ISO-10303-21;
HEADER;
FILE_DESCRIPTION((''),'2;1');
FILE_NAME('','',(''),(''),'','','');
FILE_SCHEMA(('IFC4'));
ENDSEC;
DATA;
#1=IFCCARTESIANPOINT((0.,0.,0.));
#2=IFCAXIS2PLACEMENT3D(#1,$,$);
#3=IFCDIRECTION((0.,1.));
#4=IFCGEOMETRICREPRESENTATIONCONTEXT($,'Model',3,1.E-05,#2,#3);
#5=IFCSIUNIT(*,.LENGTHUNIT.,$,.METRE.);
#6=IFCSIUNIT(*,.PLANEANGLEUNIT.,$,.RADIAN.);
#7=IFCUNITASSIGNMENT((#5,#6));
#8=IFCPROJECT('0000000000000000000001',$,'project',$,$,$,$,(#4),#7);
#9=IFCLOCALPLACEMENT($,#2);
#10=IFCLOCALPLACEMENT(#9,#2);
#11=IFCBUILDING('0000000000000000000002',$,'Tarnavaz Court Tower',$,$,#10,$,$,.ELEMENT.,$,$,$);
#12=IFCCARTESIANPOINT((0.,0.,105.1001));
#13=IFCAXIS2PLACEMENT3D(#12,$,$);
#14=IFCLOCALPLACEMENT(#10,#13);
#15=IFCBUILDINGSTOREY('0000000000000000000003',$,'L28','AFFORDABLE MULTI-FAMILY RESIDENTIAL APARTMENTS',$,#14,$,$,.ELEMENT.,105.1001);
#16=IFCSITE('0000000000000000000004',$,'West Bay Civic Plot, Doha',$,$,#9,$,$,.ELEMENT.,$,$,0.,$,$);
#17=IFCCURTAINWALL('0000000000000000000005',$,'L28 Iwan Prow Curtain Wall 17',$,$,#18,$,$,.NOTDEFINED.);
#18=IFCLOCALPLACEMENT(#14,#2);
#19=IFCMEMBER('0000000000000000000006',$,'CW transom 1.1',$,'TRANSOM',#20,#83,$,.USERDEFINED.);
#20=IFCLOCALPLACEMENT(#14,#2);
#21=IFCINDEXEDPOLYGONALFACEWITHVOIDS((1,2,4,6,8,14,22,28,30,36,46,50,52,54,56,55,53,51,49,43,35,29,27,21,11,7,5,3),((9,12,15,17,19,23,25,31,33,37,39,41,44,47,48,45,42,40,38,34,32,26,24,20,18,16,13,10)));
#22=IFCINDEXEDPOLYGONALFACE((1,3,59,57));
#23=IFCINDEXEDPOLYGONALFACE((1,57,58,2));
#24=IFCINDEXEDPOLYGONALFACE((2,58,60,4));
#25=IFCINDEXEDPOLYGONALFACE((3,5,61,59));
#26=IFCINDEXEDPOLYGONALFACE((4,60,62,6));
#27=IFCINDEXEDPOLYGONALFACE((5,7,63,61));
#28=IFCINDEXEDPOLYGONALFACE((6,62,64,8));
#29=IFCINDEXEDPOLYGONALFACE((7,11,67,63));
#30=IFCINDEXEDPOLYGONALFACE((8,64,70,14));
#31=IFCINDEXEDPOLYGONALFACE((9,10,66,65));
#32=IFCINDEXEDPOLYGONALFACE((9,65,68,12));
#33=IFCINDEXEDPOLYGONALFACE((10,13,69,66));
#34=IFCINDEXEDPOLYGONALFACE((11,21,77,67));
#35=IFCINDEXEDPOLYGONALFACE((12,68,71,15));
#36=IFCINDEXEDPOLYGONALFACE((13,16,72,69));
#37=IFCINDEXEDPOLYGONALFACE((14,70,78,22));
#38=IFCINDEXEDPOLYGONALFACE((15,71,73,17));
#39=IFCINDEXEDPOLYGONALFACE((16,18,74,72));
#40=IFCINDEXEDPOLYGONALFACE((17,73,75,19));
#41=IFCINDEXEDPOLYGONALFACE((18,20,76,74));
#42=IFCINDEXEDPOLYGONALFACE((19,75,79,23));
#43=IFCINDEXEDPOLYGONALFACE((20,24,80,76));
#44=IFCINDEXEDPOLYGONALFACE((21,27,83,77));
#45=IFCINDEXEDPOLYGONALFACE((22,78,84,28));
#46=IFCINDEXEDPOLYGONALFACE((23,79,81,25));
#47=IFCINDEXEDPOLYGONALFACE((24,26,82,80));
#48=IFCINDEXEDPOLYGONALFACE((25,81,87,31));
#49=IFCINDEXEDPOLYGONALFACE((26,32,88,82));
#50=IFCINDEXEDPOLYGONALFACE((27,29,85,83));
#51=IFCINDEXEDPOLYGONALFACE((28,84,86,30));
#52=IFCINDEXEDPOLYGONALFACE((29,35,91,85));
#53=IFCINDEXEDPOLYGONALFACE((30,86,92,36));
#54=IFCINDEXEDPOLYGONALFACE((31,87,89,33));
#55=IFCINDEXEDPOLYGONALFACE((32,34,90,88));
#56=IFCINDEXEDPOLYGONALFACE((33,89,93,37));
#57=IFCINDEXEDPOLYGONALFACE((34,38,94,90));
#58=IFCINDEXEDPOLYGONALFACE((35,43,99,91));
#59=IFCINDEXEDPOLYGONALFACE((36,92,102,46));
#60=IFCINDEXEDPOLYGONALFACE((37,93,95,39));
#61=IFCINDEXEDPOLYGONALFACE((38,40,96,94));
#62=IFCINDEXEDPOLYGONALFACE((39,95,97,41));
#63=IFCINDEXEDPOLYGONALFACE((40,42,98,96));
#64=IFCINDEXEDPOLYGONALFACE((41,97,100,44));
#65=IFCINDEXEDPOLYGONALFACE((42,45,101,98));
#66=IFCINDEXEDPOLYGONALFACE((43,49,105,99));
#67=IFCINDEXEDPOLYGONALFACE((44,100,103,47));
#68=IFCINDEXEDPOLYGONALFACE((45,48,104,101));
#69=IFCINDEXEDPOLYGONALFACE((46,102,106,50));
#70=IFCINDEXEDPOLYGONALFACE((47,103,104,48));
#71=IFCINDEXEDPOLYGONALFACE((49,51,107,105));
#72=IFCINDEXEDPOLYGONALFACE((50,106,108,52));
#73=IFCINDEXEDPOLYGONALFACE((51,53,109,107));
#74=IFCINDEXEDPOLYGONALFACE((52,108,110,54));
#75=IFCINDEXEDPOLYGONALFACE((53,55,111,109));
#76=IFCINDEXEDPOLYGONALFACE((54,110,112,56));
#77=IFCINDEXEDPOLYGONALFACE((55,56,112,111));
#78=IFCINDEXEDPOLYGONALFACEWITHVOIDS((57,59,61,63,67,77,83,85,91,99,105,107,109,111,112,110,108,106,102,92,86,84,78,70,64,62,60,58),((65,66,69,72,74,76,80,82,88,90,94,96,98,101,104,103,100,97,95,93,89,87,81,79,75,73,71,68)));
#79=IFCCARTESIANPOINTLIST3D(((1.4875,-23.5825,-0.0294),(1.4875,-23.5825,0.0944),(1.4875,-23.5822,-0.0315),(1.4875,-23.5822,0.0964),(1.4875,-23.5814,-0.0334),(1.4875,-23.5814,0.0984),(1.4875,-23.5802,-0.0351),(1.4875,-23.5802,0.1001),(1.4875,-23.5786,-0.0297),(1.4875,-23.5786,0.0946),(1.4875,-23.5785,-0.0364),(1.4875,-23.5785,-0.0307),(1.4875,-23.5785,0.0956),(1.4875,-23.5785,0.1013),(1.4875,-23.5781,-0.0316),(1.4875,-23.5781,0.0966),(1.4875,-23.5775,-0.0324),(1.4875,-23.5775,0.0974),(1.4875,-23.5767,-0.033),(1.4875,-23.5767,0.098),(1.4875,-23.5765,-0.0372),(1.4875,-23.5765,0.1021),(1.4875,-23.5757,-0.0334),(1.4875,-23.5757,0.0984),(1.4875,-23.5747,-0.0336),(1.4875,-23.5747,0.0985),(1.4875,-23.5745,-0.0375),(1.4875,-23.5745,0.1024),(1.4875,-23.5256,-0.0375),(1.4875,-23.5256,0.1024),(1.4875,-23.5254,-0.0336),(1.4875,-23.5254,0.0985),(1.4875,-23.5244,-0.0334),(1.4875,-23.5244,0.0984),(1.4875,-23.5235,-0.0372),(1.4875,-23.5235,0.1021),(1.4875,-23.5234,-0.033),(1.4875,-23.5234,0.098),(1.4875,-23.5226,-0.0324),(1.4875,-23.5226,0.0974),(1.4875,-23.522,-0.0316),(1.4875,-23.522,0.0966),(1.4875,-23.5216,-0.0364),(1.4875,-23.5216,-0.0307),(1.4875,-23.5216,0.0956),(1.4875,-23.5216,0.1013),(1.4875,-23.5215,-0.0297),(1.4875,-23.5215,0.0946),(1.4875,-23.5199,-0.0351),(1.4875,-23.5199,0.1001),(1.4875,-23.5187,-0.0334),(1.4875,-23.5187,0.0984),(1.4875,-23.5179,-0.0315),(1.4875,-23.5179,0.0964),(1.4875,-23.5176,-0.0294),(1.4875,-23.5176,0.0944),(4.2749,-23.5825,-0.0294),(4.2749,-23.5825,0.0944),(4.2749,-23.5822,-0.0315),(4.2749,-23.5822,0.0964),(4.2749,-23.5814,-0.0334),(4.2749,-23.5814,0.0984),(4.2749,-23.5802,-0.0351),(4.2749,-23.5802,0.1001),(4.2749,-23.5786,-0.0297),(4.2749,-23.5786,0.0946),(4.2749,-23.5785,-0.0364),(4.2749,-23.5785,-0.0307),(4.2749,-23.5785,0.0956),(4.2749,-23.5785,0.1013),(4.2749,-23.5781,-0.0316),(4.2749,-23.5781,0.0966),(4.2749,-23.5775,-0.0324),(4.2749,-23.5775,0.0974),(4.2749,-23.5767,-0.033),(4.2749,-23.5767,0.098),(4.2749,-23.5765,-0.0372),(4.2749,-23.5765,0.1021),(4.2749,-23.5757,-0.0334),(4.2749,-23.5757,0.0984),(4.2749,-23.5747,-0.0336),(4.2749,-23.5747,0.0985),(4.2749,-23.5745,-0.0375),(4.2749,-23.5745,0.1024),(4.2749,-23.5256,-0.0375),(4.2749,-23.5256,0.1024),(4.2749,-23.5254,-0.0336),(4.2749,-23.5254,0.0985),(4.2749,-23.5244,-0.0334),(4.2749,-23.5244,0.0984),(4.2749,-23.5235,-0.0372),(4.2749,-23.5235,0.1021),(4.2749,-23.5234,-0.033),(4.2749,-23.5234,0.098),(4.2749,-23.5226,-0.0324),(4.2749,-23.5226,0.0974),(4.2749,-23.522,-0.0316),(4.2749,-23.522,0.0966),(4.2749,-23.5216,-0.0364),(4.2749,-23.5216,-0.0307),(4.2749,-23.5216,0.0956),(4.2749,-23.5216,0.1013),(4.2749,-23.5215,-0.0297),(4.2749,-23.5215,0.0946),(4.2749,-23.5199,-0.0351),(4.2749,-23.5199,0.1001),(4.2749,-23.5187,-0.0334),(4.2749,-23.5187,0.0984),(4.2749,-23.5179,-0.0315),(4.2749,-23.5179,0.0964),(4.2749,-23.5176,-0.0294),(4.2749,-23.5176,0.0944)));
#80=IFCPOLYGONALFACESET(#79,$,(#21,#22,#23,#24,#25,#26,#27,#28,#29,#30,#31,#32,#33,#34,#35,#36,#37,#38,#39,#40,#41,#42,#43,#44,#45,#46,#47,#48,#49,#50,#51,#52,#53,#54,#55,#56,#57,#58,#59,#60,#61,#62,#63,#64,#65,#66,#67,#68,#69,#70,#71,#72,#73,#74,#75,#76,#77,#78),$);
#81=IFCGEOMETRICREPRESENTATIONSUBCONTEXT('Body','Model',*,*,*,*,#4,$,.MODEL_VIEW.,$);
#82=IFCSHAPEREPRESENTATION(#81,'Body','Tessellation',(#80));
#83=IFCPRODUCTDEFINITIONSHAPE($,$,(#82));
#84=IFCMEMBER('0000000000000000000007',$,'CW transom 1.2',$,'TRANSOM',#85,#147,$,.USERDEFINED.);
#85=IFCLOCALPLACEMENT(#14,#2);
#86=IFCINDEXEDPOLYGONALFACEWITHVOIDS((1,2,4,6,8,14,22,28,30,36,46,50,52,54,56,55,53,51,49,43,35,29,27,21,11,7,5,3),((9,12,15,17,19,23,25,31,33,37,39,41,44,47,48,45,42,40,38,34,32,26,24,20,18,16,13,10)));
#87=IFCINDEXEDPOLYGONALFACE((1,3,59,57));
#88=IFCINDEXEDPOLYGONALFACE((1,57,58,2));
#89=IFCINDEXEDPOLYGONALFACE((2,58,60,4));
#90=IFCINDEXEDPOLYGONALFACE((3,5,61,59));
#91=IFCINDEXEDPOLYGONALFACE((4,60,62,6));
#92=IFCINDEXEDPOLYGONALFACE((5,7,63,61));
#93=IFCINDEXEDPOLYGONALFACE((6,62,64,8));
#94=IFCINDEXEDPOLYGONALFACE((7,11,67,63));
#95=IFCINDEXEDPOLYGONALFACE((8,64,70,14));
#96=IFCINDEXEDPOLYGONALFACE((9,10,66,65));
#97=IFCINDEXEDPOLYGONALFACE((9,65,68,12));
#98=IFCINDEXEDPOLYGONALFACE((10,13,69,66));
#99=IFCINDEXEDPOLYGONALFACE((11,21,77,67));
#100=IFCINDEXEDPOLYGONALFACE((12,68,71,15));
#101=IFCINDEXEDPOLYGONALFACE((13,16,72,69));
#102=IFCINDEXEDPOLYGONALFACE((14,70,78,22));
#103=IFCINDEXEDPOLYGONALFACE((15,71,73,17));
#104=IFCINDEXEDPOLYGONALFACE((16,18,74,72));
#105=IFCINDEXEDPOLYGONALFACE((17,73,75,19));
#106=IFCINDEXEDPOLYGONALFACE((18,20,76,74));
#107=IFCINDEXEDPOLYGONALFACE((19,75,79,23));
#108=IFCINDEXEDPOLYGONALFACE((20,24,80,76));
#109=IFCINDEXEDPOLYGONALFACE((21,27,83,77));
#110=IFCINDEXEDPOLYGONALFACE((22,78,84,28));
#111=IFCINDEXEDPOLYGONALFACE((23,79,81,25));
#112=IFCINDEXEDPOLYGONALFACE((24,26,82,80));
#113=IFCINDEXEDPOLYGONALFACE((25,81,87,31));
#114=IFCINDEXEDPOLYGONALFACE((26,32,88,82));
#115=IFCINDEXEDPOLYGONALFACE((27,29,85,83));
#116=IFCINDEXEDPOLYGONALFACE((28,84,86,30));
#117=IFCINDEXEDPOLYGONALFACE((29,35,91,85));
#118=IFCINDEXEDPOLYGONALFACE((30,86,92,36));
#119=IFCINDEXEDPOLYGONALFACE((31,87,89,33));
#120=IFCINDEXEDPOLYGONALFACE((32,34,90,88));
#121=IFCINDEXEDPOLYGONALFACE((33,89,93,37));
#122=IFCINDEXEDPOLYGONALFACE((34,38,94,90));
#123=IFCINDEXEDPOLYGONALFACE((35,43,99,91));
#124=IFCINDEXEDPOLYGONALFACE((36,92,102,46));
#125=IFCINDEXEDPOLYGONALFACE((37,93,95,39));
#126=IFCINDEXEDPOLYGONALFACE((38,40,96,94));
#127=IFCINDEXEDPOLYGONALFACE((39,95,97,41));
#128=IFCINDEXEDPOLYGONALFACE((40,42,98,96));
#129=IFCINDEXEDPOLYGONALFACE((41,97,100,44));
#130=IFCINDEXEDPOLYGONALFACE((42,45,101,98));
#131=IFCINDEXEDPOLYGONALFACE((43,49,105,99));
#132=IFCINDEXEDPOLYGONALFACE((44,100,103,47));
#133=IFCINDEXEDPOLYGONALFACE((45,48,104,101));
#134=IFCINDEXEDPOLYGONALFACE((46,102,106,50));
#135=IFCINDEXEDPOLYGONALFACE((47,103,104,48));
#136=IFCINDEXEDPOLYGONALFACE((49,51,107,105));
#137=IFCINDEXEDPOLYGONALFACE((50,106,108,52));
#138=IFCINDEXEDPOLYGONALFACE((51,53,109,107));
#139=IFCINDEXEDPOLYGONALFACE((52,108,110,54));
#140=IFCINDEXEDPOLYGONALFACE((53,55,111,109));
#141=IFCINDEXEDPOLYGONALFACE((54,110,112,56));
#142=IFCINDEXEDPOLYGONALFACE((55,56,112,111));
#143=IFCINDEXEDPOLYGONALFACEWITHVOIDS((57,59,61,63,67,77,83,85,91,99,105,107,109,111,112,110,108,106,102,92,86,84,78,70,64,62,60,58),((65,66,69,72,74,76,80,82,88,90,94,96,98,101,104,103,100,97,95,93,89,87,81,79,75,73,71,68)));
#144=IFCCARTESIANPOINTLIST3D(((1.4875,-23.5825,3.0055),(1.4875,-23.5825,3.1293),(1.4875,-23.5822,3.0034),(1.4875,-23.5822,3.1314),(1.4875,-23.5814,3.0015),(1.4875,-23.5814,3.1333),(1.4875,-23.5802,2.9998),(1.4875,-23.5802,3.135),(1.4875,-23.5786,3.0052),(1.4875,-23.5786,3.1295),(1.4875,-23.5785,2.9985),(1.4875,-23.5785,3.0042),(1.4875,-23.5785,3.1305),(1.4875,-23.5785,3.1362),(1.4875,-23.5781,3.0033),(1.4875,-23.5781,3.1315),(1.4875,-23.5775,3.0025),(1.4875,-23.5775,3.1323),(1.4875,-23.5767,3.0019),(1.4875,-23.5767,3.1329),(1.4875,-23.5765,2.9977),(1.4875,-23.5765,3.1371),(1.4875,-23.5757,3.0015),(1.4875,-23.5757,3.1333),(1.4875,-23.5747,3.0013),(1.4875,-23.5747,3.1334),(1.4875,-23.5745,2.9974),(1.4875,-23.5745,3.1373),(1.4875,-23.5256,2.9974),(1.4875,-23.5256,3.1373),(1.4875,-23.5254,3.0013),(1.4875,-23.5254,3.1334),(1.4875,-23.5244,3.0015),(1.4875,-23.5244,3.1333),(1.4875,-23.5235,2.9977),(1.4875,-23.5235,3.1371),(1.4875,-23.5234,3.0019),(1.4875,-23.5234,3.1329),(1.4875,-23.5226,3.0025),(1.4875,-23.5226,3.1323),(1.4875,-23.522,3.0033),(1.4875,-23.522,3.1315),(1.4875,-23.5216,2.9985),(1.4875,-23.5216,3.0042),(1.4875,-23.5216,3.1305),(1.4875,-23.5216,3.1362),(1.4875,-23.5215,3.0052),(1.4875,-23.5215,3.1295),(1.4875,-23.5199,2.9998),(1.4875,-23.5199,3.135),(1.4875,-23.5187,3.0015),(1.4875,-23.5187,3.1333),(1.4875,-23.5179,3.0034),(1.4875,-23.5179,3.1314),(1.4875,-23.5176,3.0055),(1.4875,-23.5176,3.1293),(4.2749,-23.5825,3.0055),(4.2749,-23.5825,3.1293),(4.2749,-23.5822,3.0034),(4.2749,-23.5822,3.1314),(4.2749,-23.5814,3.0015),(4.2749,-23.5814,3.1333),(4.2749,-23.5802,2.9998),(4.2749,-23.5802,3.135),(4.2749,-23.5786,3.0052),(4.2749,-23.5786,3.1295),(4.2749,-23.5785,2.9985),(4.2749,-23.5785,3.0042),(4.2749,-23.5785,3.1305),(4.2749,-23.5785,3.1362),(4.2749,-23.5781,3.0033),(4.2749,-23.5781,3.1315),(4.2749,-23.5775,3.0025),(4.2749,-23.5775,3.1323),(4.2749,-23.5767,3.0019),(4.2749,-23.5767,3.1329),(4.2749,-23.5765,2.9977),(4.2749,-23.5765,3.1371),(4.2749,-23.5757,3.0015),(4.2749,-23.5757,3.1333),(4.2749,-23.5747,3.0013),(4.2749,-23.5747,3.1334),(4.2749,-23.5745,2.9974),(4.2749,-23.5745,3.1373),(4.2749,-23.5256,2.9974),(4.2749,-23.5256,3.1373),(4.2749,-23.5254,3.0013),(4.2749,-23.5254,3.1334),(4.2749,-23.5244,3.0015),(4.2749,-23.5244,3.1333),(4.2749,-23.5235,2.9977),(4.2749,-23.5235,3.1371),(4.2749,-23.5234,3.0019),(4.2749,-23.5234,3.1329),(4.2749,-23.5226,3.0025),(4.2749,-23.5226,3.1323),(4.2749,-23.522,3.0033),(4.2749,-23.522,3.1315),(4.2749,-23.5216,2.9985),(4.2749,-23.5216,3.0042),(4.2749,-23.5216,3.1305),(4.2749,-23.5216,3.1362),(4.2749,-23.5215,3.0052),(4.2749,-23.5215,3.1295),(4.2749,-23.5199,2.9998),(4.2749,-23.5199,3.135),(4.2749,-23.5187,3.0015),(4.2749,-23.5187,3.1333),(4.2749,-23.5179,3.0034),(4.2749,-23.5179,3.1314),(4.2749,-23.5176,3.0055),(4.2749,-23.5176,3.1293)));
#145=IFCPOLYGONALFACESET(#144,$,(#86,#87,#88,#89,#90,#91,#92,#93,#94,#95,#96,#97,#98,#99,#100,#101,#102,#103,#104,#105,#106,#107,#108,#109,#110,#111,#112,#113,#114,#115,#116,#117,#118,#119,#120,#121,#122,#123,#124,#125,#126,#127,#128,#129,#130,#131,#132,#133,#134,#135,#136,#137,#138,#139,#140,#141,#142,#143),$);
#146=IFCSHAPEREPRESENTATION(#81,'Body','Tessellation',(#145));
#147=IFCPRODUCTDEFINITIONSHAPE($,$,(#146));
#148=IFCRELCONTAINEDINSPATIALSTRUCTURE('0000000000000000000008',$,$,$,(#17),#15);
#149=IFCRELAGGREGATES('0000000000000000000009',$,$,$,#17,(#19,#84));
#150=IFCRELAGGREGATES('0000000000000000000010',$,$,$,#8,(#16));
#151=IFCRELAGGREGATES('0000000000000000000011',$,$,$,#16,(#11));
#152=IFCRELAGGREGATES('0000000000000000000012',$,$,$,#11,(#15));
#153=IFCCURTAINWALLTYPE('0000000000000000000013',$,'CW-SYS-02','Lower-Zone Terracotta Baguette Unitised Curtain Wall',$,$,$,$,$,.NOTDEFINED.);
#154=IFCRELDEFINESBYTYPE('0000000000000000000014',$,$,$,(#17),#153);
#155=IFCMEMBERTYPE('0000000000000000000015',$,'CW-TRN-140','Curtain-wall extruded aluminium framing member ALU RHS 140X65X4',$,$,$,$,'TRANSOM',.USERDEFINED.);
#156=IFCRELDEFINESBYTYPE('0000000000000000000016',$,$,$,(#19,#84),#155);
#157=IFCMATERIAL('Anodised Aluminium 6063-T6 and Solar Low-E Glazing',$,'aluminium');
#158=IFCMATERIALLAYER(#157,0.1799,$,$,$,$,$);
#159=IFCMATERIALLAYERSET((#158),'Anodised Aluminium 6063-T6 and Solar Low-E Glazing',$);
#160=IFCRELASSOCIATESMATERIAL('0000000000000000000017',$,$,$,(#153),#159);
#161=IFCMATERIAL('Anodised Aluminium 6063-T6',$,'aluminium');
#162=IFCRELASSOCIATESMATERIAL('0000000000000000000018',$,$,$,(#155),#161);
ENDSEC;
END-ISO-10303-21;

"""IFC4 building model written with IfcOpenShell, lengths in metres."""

from ifc_helpers import new_model, si_unit, direction, frame, origin, origin_2d, place, context, subcontext, project, spatial, hollow_rectangle, extrude, material, layer, layer_set, material_profile, profile_set, type_object, element, aggregate, save


model = new_model("IFC4")

# Units and contexts
model_context = context("Model", 3, precision=1e-05, world=origin(), true_north=direction((0.0, 1.0)))
body_context = subcontext(model_context, "Body", "Model", "MODEL_VIEW")
ifc_project = project(units=[si_unit("LENGTHUNIT", "METRE"), si_unit("PLANEANGLEUNIT", "RADIAN")], contexts=[model_context])

# Site, building, storey
site_placement = place(None, origin())
site = spatial("IfcSite", under=ifc_project, at=site_placement, Name="West Bay Civic Plot, Doha", CompositionType="ELEMENT", RefElevation=0.0)
building_placement = place(site_placement, origin())
building = spatial("IfcBuilding", under=site, at=building_placement, Name="Tarnavaz Court Tower", CompositionType="ELEMENT")
storey_placement = place(building_placement, frame((0.0, 0.0, 105.1001)))
storey = spatial("IfcBuildingStorey", under=building, at=storey_placement, Name="L28", Description="AFFORDABLE MULTI-FAMILY RESIDENTIAL APARTMENTS", CompositionType="ELEMENT", Elevation=105.1001)

# Curtain wall, members
ifc_material_1 = material(Name="Anodised Aluminium 6063-T6 and Solar Low-E Glazing", Category="aluminium")
ifc_layer_1 = layer(ifc_material_1, 0.1799)
ifc_layer_set_1 = layer_set([ifc_layer_1], Name="Anodised Aluminium 6063-T6 and Solar Low-E Glazing")
curtain_wall_type = type_object("IfcCurtainWallType", Name="CW-SYS-02", Description="Lower-Zone Terracotta Baguette Unitised Curtain Wall", PredefinedType="NOTDEFINED", material=ifc_layer_set_1)
curtain_wall_placement = place(storey_placement, origin())
curtain_wall = element("IfcCurtainWall", 1, at=curtain_wall_placement, inside=storey, type_object=curtain_wall_type, Name="L28 Iwan Prow Curtain Wall 17", PredefinedType="NOTDEFINED")
ifc_material_2 = material(Name="Anodised Aluminium 6063-T6", Category="aluminium")
ifc_material_profile_1 = material_profile(ifc_material_2, hollow_rectangle(XDim=0.0649, YDim=0.1399, WallThickness=0.0039, InnerFilletRadius=0.0039, OuterFilletRadius=0.0081, at=origin_2d()), Name="ALU RHS 140X65X4")
ifc_profile_set_1 = profile_set([ifc_material_profile_1], Name="Anodised Aluminium 6063-T6")
member_type_1 = type_object("IfcMemberType", Name="CW-TRN-140", Description="Curtain-wall extruded aluminium framing member ALU RHS 140X65X4", ElementType="TRANSOM", PredefinedType="USERDEFINED", material=ifc_profile_set_1)
member_1_placement = place(storey_placement, frame((4.2749, -23.55, 0.0325), z_axis=(-1.0, 0.0, 0.0), x_axis=(0.0, -1.0, 0.0)))
member_1 = element("IfcMember", 2, at=member_1_placement, type_object=member_type_1, Name="CW transom 1.1", ObjectType="TRANSOM", PredefinedType="USERDEFINED", context=body_context, shape_type="SweptSolid", body=[
    extrude(hollow_rectangle(XDim=0.0649, YDim=0.1399, WallThickness=0.0039, InnerFilletRadius=0.0039, OuterFilletRadius=0.0081, at=origin_2d()), origin(), (0.0, 0.0, 1.0), 2.7874),
])
member_2_placement = place(storey_placement, frame((4.2749, -23.55, 3.0674), z_axis=(-1.0, 0.0, 0.0), x_axis=(0.0, -1.0, 0.0)))
member_2 = element("IfcMember", 3, at=member_2_placement, type_object=member_type_1, Name="CW transom 1.2", ObjectType="TRANSOM", PredefinedType="USERDEFINED", context=body_context, shape_type="SweptSolid", body=[
    extrude(hollow_rectangle(XDim=0.0649, YDim=0.1399, WallThickness=0.0039, InnerFilletRadius=0.0039, OuterFilletRadius=0.0081, at=origin_2d()), origin(), (0.0, 0.0, 1.0), 2.7874),
])
aggregate(curtain_wall, [member_1, member_2])

save(model, "model.ifc")
